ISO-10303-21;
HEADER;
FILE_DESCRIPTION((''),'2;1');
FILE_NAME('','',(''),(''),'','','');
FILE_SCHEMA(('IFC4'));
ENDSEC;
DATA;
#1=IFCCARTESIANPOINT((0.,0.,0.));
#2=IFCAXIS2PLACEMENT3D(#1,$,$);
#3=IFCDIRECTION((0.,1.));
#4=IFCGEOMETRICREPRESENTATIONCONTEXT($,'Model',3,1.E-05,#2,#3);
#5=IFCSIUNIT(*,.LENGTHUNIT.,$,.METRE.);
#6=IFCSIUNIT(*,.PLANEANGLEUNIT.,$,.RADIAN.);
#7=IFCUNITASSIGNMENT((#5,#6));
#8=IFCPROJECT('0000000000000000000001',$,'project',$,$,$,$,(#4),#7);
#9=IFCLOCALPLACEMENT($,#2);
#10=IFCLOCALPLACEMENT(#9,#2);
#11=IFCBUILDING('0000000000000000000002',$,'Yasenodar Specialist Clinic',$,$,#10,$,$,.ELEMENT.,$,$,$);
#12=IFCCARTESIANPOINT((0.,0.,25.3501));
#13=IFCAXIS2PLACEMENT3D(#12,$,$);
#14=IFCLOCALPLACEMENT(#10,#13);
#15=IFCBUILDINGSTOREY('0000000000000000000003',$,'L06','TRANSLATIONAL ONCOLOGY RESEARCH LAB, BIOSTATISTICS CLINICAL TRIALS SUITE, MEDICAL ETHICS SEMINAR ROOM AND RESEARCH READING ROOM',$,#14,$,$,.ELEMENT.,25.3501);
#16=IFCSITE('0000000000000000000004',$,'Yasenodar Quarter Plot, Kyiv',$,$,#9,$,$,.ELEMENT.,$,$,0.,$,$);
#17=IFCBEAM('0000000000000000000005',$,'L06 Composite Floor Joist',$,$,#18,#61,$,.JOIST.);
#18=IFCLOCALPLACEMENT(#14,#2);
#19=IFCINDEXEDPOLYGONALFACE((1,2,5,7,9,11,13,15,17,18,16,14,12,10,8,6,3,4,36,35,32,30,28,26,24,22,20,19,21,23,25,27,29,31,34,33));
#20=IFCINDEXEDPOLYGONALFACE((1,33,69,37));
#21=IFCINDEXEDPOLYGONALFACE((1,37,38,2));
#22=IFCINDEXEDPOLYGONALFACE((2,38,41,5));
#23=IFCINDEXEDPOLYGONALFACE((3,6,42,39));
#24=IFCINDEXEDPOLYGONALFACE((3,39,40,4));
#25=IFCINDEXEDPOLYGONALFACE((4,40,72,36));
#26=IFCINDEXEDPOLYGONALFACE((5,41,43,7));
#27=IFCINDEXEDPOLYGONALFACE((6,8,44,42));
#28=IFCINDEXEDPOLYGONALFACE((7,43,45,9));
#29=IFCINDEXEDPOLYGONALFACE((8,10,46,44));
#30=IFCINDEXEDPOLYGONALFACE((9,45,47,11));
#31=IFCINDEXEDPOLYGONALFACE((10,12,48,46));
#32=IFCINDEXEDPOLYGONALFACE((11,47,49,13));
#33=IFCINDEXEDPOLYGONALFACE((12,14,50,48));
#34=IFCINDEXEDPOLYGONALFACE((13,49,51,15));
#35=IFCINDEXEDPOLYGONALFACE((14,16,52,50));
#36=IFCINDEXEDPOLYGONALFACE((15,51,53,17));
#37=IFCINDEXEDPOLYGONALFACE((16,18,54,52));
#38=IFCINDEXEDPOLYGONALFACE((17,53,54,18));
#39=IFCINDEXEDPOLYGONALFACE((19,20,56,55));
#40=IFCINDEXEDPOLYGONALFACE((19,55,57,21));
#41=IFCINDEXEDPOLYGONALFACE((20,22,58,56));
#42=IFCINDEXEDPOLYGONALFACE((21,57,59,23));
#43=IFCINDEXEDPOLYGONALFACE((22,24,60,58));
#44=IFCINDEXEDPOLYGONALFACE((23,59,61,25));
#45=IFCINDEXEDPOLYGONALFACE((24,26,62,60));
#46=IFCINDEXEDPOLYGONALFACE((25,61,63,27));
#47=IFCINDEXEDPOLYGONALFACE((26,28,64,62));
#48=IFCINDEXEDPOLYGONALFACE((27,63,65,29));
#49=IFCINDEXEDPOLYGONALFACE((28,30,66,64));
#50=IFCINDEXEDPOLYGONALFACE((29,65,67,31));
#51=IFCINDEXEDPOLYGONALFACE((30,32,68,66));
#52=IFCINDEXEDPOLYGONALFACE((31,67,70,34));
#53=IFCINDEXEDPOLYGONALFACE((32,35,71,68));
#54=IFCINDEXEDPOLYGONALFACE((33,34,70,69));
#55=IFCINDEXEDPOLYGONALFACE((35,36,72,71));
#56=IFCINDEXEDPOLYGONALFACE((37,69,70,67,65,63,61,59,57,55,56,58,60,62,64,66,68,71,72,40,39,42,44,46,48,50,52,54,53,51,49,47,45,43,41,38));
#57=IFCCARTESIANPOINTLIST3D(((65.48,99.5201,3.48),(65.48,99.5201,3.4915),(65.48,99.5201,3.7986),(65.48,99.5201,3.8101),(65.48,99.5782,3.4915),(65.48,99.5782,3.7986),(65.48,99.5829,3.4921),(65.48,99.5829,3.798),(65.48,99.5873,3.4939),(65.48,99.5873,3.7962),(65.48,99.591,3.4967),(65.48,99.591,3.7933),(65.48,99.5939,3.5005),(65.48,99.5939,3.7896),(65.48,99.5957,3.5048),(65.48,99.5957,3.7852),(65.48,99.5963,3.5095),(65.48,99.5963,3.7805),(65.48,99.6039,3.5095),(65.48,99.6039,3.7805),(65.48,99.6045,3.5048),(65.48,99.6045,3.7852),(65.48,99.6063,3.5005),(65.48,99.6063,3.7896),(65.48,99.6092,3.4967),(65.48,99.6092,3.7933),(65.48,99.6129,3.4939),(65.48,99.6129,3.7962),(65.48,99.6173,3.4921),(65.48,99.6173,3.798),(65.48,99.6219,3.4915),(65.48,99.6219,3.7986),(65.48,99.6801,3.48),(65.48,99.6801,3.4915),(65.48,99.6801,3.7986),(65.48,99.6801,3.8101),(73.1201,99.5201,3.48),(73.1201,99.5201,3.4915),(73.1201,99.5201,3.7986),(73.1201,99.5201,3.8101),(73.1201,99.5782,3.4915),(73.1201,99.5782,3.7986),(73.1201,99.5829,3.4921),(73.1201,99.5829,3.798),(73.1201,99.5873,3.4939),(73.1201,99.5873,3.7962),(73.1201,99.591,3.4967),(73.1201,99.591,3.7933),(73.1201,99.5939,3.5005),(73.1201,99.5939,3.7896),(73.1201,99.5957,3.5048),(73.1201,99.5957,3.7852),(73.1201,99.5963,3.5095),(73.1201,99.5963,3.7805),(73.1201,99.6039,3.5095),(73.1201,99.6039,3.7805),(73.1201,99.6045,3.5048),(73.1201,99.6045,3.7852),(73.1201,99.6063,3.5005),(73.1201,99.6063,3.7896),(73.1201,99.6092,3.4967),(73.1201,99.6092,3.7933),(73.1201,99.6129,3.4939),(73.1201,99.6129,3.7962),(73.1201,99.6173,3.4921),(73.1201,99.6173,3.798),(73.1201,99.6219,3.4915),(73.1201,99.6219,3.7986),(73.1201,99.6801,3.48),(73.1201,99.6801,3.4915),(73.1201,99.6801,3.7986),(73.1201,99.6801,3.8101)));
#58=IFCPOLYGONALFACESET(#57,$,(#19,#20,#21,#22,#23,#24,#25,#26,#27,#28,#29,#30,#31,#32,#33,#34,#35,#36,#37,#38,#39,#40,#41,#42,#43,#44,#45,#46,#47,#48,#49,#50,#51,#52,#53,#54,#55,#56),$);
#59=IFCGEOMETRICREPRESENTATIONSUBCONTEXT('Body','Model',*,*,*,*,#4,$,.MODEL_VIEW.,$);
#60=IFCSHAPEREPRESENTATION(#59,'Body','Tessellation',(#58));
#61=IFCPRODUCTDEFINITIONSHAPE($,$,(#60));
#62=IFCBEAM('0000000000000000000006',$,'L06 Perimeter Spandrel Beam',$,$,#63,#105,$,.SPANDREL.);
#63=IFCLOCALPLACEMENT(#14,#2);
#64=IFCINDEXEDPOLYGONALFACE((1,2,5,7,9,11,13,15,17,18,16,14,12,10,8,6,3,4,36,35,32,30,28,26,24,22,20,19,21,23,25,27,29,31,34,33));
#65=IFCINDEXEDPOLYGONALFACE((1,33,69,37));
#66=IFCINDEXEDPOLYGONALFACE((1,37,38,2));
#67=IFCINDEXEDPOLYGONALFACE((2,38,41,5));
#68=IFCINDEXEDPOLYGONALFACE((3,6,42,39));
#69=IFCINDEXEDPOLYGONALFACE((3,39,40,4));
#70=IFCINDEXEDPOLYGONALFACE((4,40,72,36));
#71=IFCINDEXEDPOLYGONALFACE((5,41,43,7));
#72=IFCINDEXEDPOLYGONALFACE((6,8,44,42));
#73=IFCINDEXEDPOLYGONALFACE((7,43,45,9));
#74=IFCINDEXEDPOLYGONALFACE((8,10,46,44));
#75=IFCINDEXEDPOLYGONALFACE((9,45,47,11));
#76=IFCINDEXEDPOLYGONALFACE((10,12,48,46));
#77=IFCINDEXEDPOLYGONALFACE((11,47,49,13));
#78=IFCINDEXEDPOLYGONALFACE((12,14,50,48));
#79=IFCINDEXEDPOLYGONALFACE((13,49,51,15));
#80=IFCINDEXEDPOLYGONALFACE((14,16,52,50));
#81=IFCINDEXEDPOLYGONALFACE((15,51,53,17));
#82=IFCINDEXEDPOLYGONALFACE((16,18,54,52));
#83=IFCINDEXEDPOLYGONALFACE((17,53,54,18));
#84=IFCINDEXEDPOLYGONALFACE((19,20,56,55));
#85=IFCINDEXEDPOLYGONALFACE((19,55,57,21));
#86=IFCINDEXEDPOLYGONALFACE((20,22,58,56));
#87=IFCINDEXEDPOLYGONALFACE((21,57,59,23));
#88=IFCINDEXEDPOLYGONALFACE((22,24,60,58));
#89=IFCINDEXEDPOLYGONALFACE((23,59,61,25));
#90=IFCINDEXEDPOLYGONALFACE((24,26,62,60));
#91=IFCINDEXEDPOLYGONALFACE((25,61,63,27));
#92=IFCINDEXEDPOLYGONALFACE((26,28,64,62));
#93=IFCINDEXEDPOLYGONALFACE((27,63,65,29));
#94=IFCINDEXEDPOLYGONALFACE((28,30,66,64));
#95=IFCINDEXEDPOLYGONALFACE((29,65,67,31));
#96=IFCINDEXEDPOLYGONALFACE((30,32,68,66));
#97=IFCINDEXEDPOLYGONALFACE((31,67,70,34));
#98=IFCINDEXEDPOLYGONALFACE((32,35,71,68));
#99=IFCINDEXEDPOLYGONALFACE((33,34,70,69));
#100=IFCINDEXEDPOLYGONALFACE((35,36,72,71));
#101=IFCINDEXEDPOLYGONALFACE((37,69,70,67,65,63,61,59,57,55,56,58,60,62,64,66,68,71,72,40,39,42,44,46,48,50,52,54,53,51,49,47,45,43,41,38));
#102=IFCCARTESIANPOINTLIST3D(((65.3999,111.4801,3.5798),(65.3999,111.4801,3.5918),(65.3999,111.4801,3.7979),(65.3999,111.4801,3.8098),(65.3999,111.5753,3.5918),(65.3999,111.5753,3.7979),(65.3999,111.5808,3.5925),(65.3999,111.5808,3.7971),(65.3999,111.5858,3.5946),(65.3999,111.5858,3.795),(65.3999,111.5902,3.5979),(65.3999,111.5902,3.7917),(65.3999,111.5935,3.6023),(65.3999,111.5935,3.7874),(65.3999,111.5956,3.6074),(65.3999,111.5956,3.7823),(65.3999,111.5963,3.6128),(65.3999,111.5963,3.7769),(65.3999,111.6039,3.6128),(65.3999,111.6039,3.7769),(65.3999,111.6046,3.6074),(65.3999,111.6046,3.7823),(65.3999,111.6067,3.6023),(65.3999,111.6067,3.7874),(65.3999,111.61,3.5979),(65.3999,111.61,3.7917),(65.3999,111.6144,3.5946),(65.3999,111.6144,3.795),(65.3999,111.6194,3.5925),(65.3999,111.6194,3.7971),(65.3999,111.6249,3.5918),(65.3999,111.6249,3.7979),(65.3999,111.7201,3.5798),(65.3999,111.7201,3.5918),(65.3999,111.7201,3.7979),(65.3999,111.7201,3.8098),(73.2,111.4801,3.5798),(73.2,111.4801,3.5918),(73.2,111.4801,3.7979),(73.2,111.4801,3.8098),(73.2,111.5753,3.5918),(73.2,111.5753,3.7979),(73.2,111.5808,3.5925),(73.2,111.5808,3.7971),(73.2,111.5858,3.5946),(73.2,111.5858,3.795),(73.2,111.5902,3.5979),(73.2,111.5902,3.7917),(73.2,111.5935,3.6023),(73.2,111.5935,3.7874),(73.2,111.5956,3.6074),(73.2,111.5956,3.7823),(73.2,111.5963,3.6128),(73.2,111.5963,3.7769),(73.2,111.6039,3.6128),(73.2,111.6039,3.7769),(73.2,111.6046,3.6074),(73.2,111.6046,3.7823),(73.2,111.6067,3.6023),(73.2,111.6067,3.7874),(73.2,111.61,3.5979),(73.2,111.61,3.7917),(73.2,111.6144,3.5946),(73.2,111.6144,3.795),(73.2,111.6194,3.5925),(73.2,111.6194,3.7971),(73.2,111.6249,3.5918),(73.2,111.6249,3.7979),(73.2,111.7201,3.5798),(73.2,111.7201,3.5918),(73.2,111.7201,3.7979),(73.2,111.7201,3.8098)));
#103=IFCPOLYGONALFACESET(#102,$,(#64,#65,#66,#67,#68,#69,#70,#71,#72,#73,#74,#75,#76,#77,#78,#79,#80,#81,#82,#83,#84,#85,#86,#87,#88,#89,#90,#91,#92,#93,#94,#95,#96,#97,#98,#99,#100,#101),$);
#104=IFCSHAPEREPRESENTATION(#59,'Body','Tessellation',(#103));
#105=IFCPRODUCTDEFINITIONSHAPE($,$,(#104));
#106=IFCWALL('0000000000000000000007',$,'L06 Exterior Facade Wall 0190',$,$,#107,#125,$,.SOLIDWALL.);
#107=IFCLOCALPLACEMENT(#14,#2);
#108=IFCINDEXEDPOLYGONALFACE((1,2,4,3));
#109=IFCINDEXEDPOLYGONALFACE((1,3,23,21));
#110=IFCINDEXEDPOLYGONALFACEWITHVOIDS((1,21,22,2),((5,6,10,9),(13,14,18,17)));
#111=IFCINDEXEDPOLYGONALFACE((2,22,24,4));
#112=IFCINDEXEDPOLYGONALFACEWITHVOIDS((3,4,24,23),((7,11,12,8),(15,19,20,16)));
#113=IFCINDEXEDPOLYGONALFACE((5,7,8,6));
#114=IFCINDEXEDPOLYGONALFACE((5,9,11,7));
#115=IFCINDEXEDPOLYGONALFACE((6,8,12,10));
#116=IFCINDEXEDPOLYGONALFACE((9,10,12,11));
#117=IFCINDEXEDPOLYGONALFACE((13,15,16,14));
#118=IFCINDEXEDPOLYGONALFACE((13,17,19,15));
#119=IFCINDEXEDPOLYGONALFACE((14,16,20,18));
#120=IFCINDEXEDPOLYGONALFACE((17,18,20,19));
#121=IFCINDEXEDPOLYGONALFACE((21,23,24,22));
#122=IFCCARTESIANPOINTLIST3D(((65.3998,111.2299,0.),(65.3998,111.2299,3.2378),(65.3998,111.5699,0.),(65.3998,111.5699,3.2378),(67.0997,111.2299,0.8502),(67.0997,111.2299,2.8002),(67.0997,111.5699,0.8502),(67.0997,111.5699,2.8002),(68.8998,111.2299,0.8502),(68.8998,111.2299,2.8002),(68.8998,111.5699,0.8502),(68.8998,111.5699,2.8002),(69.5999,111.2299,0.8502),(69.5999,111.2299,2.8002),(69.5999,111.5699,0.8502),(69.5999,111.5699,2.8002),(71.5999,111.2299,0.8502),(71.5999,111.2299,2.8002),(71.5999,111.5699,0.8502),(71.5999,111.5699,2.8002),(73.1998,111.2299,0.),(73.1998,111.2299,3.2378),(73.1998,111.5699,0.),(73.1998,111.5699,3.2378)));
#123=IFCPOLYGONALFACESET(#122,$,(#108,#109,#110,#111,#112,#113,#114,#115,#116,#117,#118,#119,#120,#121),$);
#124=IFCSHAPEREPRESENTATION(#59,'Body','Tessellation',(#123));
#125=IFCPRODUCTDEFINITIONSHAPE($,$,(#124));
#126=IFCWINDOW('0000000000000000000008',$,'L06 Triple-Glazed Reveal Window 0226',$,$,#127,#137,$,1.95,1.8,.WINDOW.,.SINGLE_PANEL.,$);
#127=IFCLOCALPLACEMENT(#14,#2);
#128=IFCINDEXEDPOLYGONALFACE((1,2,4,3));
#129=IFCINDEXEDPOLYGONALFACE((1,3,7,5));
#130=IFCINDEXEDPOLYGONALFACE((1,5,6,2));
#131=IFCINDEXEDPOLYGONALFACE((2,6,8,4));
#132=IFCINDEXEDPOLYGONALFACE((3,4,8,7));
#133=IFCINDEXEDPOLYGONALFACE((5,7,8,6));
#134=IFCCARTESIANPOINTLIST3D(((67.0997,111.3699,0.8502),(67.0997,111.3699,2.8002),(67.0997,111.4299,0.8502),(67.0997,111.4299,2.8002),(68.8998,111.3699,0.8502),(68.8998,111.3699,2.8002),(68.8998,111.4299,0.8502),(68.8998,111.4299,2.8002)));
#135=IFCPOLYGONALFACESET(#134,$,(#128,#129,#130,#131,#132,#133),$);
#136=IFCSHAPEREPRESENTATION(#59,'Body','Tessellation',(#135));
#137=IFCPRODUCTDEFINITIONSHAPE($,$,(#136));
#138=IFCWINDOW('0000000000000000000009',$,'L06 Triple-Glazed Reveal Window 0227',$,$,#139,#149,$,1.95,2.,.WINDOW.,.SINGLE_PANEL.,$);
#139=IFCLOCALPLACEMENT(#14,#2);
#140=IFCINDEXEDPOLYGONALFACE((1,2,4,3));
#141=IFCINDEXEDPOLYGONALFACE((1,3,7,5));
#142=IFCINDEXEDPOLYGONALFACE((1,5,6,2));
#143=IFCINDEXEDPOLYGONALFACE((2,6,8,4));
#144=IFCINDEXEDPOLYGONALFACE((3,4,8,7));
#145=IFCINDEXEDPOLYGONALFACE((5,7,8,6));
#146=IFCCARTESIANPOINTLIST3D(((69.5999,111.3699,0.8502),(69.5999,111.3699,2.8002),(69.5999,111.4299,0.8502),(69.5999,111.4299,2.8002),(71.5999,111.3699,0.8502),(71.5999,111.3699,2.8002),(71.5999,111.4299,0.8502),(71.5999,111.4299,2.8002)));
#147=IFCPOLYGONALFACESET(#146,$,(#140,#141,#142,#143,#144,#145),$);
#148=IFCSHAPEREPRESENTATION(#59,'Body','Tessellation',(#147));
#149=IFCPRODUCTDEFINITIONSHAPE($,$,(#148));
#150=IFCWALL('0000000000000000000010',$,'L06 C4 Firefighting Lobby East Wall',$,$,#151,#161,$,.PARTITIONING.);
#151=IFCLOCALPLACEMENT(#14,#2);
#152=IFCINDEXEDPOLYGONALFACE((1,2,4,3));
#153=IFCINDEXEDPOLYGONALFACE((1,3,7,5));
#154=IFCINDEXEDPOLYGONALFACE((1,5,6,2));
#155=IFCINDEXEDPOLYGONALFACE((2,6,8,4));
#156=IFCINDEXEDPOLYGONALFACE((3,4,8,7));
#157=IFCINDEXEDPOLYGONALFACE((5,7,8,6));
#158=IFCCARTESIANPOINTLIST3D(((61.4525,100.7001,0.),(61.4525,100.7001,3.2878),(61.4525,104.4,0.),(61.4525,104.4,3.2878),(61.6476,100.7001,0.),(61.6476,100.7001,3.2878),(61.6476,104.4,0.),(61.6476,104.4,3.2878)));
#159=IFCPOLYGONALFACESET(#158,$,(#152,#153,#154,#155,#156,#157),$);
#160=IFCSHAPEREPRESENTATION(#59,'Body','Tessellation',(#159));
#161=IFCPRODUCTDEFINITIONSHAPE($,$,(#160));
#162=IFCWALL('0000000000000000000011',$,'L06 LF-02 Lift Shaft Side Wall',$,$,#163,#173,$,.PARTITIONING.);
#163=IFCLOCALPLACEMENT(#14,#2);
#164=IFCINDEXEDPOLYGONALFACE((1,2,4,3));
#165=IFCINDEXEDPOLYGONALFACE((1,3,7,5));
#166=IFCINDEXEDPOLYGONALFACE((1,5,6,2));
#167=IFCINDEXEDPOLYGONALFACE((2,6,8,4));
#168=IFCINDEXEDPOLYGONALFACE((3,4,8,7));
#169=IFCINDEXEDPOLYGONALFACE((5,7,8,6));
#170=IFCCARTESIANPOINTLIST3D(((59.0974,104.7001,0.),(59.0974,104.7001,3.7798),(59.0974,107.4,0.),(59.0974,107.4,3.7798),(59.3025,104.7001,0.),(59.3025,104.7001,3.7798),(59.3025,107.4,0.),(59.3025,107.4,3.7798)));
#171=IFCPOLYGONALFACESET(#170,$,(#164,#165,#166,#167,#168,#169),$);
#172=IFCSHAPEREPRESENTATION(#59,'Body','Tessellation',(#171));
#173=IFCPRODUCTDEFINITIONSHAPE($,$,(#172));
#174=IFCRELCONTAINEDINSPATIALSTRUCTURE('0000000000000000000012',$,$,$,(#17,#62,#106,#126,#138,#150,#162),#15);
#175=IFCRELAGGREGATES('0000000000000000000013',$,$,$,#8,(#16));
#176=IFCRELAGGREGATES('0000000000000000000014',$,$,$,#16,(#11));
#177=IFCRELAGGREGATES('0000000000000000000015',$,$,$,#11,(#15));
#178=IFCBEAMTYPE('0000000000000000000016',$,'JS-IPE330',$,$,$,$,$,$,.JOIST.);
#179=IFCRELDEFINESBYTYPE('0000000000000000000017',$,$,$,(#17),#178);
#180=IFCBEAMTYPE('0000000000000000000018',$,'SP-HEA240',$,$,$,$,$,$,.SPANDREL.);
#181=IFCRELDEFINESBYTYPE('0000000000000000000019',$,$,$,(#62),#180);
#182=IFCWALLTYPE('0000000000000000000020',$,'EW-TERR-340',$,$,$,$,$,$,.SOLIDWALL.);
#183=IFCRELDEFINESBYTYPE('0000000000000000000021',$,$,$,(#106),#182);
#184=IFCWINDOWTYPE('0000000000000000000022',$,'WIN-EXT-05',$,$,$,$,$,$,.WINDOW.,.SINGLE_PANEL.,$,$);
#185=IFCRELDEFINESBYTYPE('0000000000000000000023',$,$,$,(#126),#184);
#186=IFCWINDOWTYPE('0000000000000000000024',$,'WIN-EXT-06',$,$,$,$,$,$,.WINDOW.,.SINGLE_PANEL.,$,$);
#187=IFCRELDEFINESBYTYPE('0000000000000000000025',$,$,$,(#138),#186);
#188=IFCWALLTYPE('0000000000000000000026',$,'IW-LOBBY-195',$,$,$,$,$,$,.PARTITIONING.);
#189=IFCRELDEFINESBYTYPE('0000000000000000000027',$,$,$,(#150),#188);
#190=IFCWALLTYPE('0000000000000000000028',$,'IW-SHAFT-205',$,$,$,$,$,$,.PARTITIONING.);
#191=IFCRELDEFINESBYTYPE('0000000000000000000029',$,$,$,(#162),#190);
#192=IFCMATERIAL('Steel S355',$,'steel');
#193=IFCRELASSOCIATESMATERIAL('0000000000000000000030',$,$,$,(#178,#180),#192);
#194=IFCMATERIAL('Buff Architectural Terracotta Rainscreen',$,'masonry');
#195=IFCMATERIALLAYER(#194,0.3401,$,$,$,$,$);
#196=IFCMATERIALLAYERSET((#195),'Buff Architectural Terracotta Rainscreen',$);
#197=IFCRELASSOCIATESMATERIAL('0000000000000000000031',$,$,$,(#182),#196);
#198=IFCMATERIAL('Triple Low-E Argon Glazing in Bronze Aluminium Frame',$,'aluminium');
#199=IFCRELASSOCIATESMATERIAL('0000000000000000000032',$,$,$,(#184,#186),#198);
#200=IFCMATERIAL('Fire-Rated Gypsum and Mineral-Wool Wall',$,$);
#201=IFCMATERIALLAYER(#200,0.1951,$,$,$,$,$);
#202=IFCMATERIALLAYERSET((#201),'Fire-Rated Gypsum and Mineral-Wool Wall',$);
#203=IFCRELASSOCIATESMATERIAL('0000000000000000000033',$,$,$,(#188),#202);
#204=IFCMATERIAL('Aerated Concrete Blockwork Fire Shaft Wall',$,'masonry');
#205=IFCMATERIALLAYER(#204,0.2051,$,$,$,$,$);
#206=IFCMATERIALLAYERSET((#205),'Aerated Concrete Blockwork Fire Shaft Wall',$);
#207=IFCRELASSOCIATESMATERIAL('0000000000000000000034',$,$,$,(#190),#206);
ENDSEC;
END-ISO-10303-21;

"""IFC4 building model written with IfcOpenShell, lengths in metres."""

from ifc_helpers import new_model, si_unit, direction, frame, frame_2d, origin, origin_2d, place, context, subcontext, project, spatial, rectangle, i_section, extrude, material, layer, layer_set, material_profile, profile_set, type_object, element, fill, save


model = new_model("IFC4")

# Units and contexts
model_context = context("Model", 3, precision=1e-05, world=origin(), true_north=direction((0.0, 1.0)))
body_context = subcontext(model_context, "Body", "Model", "MODEL_VIEW")
ifc_project = project(units=[si_unit("LENGTHUNIT", "METRE"), si_unit("PLANEANGLEUNIT", "RADIAN")], contexts=[model_context])

# Site, building, storey
site_placement = place(None, origin())
site = spatial("IfcSite", under=ifc_project, at=site_placement, Name="Yasenodar Quarter Plot, Kyiv", CompositionType="ELEMENT", RefElevation=0.0)
building_placement = place(site_placement, origin())
building = spatial("IfcBuilding", under=site, at=building_placement, Name="Yasenodar Specialist Clinic", CompositionType="ELEMENT")
storey_placement = place(building_placement, frame((0.0, 0.0, 25.3501)))
storey = spatial("IfcBuildingStorey", under=building, at=storey_placement, Name="L06", Description="TRANSLATIONAL ONCOLOGY RESEARCH LAB, BIOSTATISTICS CLINICAL TRIALS SUITE, MEDICAL ETHICS SEMINAR ROOM AND RESEARCH READING ROOM", CompositionType="ELEMENT", Elevation=25.3501)

# Shared definitions
ifc_material_1 = material(Name="Steel S355", Category="steel")

# Beams
ifc_material_profile_1 = material_profile(ifc_material_1, i_section(OverallWidth=0.1599, OverallDepth=0.3301, WebThickness=0.0076, FlangeThickness=0.0115, FilletRadius=0.0181, at=origin_2d()), Name="IPE 330")
ifc_profile_set_1 = profile_set([ifc_material_profile_1], Name="Steel S355")
beam_type_1 = type_object("IfcBeamType", Name="JS-IPE330", PredefinedType="JOIST", material=ifc_profile_set_1)
beam_1_placement = place(storey_placement, frame((65.48, 99.6001, 3.645), z_axis=(1.0, 0.0, 0.0), x_axis=(0.0, 1.0, 0.0)))
element("IfcBeam", 1, at=beam_1_placement, inside=storey, type_object=beam_type_1, Name="L06 Composite Floor Joist", PredefinedType="JOIST", context=body_context, shape_type="SweptSolid", body=[
    extrude(i_section(OverallWidth=0.1599, OverallDepth=0.3301, WebThickness=0.0076, FlangeThickness=0.0115, FilletRadius=0.0181, at=origin_2d()), origin(), (0.0, 0.0, 1.0), 7.6401),
])
ifc_material_profile_2 = material_profile(ifc_material_1, i_section(OverallWidth=0.24, OverallDepth=0.23, WebThickness=0.0076, FlangeThickness=0.012, FilletRadius=0.021, at=origin_2d()), Name="HEA 240")
ifc_profile_set_2 = profile_set([ifc_material_profile_2], Name="Steel S355")
beam_type_2 = type_object("IfcBeamType", Name="SP-HEA240", PredefinedType="SPANDREL", material=ifc_profile_set_2)
beam_2_placement = place(storey_placement, frame((65.3999, 111.6001, 3.6948), z_axis=(1.0, 0.0, 0.0), x_axis=(0.0, 1.0, 0.0)))
element("IfcBeam", 2, at=beam_2_placement, inside=storey, type_object=beam_type_2, Name="L06 Perimeter Spandrel Beam", PredefinedType="SPANDREL", context=body_context, shape_type="SweptSolid", body=[
    extrude(i_section(OverallWidth=0.24, OverallDepth=0.23, WebThickness=0.0076, FlangeThickness=0.012, FilletRadius=0.021, at=origin_2d()), origin(), (0.0, 0.0, 1.0), 7.8),
])

# Wall, openings, windows
ifc_material_2 = material(Name="Buff Architectural Terracotta Rainscreen", Category="masonry")
ifc_layer_1 = layer(ifc_material_2, 0.3401)
ifc_layer_set_1 = layer_set([ifc_layer_1], Name="Buff Architectural Terracotta Rainscreen")
wall_type_1 = type_object("IfcWallType", Name="EW-TERR-340", PredefinedType="SOLIDWALL", material=ifc_layer_set_1)
wall_1_placement = place(storey_placement, frame((65.3999, 111.3999, 0.0), z_axis=(0.0, 0.0, 1.0), x_axis=(1.0, 0.0, 0.0)))
wall_1 = element("IfcWall", 3, at=wall_1_placement, inside=storey, type_object=wall_type_1, Name="L06 Exterior Facade Wall 0190", PredefinedType="SOLIDWALL", context=body_context, shape_type="SweptSolid", body=[
    extrude(rectangle(XDim=7.8, YDim=0.3401, at=frame_2d((3.8999, 0.0))), origin(), (0.0, 0.0, 1.0), 3.2378),
])
opening_1_placement = place(wall_1_placement, frame((1.7, 0.0, 0.8501)))
opening_1 = element("IfcOpeningElement", 4, at=opening_1_placement, cuts=wall_1, PredefinedType="OPENING", context=body_context, shape_type="SweptSolid", body=[
    extrude(rectangle(XDim=1.8, YDim=1.95, at=frame_2d((0.8999, 0.9751))), frame((0.0, 0.1802, 0.0), z_axis=(0.0, -1.0, 0.0), x_axis=(1.0, 0.0, 0.0)), (0.0, 0.0, 1.0), 0.3601),
])
opening_2_placement = place(wall_1_placement, frame((4.2, 0.0, 0.8501)))
opening_2 = element("IfcOpeningElement", 5, at=opening_2_placement, cuts=wall_1, PredefinedType="OPENING", context=body_context, shape_type="SweptSolid", body=[
    extrude(rectangle(XDim=2.0, YDim=1.95, at=frame_2d((1.0, 0.9751))), frame((0.0, 0.1802, 0.0), z_axis=(0.0, -1.0, 0.0), x_axis=(1.0, 0.0, 0.0)), (0.0, 0.0, 1.0), 0.3601),
])
ifc_material_3 = material(Name="Triple Low-E Argon Glazing in Bronze Aluminium Frame", Category="aluminium")
window_type_1 = type_object("IfcWindowType", Name="WIN-EXT-05", PartitioningType="SINGLE_PANEL", PredefinedType="WINDOW", material=ifc_material_3)
window_1_placement = place(opening_1_placement, origin())
window_1 = element("IfcWindow", 6, at=window_1_placement, inside=storey, type_object=window_type_1, Name="L06 Triple-Glazed Reveal Window 0226", OverallHeight=1.95, OverallWidth=1.8, PartitioningType="SINGLE_PANEL", PredefinedType="WINDOW", context=body_context, shape_type="SweptSolid", body=[
    extrude(rectangle(XDim=1.8, YDim=1.95, at=frame_2d((0.8999, 0.9751))), frame((0.0, 0.03, 0.0), z_axis=(0.0, -1.0, 0.0), x_axis=(1.0, 0.0, 0.0)), (0.0, 0.0, 1.0), 0.0601),
])
fill(opening_1, window_1)
window_type_2 = type_object("IfcWindowType", Name="WIN-EXT-06", PartitioningType="SINGLE_PANEL", PredefinedType="WINDOW", material=ifc_material_3)
window_2_placement = place(opening_2_placement, origin())
window_2 = element("IfcWindow", 7, at=window_2_placement, inside=storey, type_object=window_type_2, Name="L06 Triple-Glazed Reveal Window 0227", OverallHeight=1.95, OverallWidth=2.0, PartitioningType="SINGLE_PANEL", PredefinedType="WINDOW", context=body_context, shape_type="SweptSolid", body=[
    extrude(rectangle(XDim=2.0, YDim=1.95, at=frame_2d((1.0, 0.9751))), frame((0.0, 0.03, 0.0), z_axis=(0.0, -1.0, 0.0), x_axis=(1.0, 0.0, 0.0)), (0.0, 0.0, 1.0), 0.0601),
])
fill(opening_2, window_2)

# Walls
ifc_material_4 = material(Name="Fire-Rated Gypsum and Mineral-Wool Wall")
ifc_layer_2 = layer(ifc_material_4, 0.1951)
ifc_layer_set_2 = layer_set([ifc_layer_2], Name="Fire-Rated Gypsum and Mineral-Wool Wall")
wall_type_2 = type_object("IfcWallType", Name="IW-LOBBY-195", PredefinedType="PARTITIONING", material=ifc_layer_set_2)
wall_2_placement = place(storey_placement, frame((61.55, 100.7, 0.0), z_axis=(0.0, 0.0, 1.0), x_axis=(0.0, 1.0, 0.0)))
element("IfcWall", 8, at=wall_2_placement, inside=storey, type_object=wall_type_2, Name="L06 C4 Firefighting Lobby East Wall", PredefinedType="PARTITIONING", context=body_context, shape_type="SweptSolid", body=[
    extrude(rectangle(XDim=3.7, YDim=0.1951, at=frame_2d((1.8501, 0.0))), origin(), (0.0, 0.0, 1.0), 3.2878),
])
ifc_material_5 = material(Name="Aerated Concrete Blockwork Fire Shaft Wall", Category="masonry")
ifc_layer_3 = layer(ifc_material_5, 0.2051)
ifc_layer_set_3 = layer_set([ifc_layer_3], Name="Aerated Concrete Blockwork Fire Shaft Wall")
wall_type_3 = type_object("IfcWallType", Name="IW-SHAFT-205", PredefinedType="PARTITIONING", material=ifc_layer_set_3)
for number, where, z_axis, x_axis, name in (
    (9, (59.2, 104.7, 0.0), (0.0, 0.0, 1.0), (0.0, 1.0, 0.0), "L06 LF-02 Lift Shaft Side Wall"),
):
    element("IfcWall", number, at=place(storey_placement, frame(where, z_axis=z_axis, x_axis=x_axis)), inside=storey, type_object=wall_type_3, Name=name, PredefinedType="PARTITIONING", context=body_context, shape_type="SweptSolid", body=[
        extrude(rectangle(XDim=2.7, YDim=0.2051, at=frame_2d((1.3501, 0.0))), origin(), (0.0, 0.0, 1.0), 3.7798),
    ])

save(model, "model.ifc")
